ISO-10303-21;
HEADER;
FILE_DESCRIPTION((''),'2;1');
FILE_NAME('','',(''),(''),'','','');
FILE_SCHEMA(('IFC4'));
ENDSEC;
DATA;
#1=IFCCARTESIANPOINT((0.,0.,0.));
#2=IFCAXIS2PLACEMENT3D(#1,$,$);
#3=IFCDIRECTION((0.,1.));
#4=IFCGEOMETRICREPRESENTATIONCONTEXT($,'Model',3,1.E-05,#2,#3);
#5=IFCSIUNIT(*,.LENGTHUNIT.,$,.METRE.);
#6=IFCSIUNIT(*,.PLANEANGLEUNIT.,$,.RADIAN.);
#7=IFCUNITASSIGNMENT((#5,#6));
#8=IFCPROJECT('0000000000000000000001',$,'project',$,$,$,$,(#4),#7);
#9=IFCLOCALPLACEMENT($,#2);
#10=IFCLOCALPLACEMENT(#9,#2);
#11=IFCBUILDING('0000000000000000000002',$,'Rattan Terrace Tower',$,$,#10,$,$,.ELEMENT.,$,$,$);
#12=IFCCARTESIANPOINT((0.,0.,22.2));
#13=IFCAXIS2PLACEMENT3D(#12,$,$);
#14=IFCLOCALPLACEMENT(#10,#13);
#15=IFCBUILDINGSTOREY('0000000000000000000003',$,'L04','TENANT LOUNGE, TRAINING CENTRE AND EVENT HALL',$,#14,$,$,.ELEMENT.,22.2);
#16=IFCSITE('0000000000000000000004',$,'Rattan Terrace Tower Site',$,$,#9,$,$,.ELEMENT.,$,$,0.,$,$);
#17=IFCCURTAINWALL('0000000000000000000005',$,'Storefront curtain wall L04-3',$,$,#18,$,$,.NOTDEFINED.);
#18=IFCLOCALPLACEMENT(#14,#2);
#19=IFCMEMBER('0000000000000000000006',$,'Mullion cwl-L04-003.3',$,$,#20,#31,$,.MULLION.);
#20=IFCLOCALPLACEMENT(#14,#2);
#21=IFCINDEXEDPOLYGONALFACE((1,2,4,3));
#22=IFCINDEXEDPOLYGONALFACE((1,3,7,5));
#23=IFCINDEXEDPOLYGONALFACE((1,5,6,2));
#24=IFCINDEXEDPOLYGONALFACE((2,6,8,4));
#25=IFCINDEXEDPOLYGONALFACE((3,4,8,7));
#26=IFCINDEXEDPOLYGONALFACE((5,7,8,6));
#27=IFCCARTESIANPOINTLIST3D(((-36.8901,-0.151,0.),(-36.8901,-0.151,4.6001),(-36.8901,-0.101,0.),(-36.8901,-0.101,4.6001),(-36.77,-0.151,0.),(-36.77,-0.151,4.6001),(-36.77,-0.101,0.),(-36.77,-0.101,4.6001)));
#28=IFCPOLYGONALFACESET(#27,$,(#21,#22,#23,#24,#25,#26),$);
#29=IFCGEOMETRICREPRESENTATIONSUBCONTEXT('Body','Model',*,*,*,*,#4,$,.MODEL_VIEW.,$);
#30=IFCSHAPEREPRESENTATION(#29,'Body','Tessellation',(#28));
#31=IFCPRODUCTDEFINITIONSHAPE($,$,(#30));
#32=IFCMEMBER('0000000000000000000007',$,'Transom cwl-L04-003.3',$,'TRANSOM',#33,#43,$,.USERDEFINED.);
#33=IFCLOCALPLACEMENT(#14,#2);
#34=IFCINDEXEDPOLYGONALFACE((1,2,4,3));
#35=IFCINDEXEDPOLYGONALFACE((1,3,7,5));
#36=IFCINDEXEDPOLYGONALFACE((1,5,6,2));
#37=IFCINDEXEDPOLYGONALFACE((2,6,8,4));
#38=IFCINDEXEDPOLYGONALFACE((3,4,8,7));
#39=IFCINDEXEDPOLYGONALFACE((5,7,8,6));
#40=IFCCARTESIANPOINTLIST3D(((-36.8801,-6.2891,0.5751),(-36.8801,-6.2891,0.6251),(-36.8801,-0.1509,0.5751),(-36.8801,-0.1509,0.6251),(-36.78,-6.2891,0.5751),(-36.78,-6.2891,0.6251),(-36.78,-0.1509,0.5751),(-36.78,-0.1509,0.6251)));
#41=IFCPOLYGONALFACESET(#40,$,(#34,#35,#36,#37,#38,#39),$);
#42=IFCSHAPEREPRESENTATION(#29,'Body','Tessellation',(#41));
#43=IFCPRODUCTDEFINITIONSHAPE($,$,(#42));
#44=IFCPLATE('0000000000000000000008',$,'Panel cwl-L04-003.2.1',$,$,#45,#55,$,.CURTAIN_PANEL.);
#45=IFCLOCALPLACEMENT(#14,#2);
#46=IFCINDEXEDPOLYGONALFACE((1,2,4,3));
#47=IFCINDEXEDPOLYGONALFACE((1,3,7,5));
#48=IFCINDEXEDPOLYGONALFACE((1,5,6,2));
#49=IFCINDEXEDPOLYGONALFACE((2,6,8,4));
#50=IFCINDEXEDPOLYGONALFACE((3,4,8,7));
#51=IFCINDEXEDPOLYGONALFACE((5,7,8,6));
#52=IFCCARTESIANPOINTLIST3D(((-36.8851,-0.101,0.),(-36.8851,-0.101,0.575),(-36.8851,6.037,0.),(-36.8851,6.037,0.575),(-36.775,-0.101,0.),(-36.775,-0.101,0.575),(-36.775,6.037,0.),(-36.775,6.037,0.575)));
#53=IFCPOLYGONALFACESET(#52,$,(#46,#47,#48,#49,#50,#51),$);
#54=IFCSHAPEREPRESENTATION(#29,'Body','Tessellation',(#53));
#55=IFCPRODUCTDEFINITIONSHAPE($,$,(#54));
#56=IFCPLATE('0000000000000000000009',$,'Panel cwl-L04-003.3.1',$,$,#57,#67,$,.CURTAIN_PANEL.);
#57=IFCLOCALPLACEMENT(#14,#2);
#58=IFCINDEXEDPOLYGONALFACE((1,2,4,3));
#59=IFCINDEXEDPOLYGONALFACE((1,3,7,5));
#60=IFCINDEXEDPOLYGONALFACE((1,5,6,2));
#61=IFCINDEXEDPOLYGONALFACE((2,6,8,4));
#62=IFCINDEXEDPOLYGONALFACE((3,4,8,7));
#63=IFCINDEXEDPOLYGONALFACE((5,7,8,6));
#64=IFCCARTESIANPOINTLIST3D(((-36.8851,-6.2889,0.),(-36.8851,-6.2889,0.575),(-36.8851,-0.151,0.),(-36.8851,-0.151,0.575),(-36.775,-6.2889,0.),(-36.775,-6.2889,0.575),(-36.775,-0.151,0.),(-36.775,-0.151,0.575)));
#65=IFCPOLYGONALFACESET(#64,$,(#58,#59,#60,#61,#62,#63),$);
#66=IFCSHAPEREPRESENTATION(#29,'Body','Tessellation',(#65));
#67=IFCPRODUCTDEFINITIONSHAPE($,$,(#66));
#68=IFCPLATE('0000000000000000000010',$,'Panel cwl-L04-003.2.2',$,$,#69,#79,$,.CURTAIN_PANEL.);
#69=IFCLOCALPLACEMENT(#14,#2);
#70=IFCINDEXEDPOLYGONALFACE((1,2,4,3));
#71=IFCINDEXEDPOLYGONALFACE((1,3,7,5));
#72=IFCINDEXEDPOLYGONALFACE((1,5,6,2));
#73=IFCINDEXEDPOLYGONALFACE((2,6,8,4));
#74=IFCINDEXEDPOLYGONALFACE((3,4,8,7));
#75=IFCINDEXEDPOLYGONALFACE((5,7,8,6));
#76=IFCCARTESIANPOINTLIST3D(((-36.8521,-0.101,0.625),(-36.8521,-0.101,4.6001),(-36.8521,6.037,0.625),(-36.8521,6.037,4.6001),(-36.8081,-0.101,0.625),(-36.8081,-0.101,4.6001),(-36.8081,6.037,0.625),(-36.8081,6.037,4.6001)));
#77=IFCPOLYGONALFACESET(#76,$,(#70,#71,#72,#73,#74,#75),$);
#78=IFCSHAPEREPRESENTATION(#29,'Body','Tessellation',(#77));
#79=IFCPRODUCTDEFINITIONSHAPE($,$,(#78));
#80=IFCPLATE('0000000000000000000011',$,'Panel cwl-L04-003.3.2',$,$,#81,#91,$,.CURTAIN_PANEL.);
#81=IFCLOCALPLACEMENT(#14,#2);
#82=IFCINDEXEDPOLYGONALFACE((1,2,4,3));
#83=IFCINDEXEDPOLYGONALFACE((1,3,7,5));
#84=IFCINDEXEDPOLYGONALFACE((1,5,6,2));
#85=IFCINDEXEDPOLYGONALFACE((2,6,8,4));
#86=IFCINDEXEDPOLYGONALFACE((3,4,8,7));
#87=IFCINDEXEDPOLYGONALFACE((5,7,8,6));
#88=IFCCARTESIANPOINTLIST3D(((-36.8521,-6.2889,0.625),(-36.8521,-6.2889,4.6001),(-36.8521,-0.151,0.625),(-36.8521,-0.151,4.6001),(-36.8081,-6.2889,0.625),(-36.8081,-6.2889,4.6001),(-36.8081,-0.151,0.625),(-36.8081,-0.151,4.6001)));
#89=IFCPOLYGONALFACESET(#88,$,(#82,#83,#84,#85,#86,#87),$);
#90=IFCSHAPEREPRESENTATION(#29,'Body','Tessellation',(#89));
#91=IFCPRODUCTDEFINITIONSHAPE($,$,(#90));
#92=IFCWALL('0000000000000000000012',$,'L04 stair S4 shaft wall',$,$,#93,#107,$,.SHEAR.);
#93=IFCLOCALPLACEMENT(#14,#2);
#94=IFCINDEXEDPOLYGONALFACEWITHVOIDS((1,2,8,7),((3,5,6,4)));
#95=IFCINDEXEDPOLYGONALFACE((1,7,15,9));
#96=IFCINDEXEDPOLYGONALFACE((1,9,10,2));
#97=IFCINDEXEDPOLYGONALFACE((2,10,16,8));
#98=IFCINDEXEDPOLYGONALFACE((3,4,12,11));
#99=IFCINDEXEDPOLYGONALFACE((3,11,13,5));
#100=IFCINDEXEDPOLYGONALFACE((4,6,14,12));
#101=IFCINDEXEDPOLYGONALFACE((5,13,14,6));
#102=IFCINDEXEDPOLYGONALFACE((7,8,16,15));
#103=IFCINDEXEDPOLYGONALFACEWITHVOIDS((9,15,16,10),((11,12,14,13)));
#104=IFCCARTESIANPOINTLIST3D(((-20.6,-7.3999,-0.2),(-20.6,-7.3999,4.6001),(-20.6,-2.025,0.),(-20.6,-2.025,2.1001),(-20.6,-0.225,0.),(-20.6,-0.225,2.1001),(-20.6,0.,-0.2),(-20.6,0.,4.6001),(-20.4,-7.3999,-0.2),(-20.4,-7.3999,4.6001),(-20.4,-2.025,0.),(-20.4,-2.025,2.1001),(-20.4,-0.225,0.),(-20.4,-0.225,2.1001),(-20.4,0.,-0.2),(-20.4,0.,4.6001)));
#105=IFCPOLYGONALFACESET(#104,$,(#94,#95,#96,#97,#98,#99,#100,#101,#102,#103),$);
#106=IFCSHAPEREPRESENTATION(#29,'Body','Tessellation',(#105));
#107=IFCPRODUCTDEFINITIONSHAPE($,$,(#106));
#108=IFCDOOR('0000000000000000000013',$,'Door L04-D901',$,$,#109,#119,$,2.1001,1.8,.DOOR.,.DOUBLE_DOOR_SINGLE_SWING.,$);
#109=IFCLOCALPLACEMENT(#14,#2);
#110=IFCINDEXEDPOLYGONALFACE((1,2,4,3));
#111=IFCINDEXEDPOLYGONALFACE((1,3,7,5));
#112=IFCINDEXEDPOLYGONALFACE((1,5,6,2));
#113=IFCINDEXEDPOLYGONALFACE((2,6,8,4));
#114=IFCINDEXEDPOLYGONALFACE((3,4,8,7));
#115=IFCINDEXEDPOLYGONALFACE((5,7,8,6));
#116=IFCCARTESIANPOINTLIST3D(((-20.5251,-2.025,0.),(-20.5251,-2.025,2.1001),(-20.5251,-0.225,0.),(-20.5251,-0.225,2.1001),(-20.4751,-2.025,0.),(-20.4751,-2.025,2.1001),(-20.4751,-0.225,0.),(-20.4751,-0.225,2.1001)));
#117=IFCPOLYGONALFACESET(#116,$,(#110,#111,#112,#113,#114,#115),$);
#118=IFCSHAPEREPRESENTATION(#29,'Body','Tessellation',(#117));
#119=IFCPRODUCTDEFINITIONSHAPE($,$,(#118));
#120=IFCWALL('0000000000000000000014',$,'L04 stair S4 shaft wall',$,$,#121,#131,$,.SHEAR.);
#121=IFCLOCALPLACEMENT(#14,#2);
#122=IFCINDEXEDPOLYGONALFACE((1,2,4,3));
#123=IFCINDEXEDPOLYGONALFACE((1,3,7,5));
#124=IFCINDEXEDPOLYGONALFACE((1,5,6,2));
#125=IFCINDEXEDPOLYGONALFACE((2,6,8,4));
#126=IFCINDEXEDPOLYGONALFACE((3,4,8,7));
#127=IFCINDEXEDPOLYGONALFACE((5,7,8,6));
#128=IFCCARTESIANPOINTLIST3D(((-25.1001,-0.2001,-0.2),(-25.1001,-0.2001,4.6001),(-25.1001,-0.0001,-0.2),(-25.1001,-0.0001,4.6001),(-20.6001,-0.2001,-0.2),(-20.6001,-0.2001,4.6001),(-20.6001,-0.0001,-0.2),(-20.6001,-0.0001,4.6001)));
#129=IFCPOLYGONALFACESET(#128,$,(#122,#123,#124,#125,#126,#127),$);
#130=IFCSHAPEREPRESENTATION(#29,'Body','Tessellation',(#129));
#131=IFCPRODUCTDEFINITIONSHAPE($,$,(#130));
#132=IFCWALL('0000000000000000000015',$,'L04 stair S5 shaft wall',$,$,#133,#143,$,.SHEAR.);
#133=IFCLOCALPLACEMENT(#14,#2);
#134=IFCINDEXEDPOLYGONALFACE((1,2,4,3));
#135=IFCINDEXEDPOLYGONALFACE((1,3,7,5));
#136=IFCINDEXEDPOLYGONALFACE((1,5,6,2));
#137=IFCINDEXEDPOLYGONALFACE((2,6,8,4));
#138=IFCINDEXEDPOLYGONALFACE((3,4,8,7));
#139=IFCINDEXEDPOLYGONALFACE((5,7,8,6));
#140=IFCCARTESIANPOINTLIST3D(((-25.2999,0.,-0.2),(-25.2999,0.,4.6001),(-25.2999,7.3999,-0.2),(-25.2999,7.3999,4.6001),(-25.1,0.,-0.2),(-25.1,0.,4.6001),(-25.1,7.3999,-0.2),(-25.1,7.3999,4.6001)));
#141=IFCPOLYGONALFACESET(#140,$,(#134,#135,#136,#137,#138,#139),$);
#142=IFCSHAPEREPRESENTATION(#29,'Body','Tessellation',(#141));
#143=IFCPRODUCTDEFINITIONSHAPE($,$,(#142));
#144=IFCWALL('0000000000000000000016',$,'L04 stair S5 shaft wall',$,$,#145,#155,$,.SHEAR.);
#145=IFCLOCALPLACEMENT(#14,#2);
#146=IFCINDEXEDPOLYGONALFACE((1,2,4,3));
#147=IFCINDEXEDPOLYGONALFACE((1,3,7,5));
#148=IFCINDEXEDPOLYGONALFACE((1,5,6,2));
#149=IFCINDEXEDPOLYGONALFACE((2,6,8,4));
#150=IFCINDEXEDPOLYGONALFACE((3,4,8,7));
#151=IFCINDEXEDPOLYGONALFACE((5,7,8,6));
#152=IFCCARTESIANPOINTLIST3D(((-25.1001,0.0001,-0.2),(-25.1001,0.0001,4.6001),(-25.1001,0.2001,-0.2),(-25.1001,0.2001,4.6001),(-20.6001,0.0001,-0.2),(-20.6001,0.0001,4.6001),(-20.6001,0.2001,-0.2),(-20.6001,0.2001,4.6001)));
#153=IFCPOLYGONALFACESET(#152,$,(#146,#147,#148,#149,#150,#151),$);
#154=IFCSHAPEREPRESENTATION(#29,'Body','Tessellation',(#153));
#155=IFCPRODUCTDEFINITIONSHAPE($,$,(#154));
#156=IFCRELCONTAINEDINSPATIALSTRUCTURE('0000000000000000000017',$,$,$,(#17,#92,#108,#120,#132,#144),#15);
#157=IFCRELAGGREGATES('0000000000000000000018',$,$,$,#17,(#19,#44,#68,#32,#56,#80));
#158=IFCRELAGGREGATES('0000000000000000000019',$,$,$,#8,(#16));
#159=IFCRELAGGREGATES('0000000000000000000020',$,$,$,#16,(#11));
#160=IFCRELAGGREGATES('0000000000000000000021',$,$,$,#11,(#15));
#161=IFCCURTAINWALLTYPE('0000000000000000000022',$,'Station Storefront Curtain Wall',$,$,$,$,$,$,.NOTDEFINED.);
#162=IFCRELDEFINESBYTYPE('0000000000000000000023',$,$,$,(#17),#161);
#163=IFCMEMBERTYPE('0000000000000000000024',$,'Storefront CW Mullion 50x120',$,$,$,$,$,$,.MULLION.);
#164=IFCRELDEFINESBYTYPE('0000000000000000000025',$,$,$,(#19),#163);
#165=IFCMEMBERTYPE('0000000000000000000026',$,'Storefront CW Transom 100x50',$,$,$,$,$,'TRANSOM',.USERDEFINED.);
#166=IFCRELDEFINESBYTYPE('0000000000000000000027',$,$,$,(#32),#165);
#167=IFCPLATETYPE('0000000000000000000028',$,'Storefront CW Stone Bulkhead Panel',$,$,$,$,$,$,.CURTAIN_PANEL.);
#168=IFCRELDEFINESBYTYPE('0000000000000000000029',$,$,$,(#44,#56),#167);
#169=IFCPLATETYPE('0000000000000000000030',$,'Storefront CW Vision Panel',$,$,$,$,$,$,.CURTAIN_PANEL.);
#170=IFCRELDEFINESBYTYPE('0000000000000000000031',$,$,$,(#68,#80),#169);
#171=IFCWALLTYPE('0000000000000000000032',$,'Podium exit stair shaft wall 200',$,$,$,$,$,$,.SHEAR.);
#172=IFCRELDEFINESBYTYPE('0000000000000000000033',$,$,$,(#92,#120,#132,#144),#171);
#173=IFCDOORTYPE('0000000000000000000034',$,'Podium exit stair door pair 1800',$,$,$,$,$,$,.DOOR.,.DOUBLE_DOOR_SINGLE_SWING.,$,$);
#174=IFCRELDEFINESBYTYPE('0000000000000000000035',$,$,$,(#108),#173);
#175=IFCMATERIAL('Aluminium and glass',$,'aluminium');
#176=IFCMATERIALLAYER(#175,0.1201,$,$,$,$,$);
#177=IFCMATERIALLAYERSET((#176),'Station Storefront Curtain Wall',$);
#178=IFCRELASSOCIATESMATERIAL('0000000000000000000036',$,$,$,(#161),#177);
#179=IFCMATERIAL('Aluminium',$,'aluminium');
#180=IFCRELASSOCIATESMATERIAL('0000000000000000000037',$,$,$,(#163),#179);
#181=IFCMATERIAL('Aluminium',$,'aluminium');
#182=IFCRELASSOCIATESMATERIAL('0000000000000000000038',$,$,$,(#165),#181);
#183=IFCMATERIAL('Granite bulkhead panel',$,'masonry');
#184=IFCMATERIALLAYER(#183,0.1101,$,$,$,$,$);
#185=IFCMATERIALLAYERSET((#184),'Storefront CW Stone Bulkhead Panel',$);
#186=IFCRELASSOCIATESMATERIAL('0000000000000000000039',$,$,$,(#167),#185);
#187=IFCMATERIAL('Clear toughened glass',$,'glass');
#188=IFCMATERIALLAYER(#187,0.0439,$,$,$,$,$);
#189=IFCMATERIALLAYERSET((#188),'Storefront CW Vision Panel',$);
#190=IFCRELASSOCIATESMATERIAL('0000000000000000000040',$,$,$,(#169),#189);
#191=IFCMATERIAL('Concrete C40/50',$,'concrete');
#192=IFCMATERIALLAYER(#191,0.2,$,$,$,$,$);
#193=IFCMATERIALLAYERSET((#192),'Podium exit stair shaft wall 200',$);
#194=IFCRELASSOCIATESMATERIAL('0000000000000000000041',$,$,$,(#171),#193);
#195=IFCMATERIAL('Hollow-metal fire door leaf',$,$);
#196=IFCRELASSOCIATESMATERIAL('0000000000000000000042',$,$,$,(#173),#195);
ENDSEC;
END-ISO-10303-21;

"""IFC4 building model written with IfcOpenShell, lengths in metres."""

from ifc_helpers import new_model, si_unit, direction, frame, frame_2d, origin, origin_2d, place, context, subcontext, project, spatial, rectangle, extrude, material, layer, layer_set, material_profile, profile_set, type_object, element, fill, aggregate, save


model = new_model("IFC4")

# Units and contexts
model_context = context("Model", 3, precision=1e-05, world=origin(), true_north=direction((0.0, 1.0)))
body_context = subcontext(model_context, "Body", "Model", "MODEL_VIEW")
ifc_project = project(units=[si_unit("LENGTHUNIT", "METRE"), si_unit("PLANEANGLEUNIT", "RADIAN")], contexts=[model_context])

# Site, building, storey
site_placement = place(None, origin())
site = spatial("IfcSite", under=ifc_project, at=site_placement, Name="Rattan Terrace Tower Site", CompositionType="ELEMENT", RefElevation=0.0)
building_placement = place(site_placement, origin())
building = spatial("IfcBuilding", under=site, at=building_placement, Name="Rattan Terrace Tower", CompositionType="ELEMENT")
storey_placement = place(building_placement, frame((0.0, 0.0, 22.2)))
storey = spatial("IfcBuildingStorey", under=building, at=storey_placement, Name="L04", Description="TENANT LOUNGE, TRAINING CENTRE AND EVENT HALL", CompositionType="ELEMENT", Elevation=22.2)

# Curtain wall, members, plates
ifc_material_1 = material(Name="Aluminium and glass", Category="aluminium")
ifc_layer_1 = layer(ifc_material_1, 0.1201)
ifc_layer_set_1 = layer_set([ifc_layer_1], Name="Station Storefront Curtain Wall")
curtain_wall_type = type_object("IfcCurtainWallType", Name="Station Storefront Curtain Wall", PredefinedType="NOTDEFINED", material=ifc_layer_set_1)
curtain_wall_placement = place(storey_placement, origin())
curtain_wall = element("IfcCurtainWall", 1, at=curtain_wall_placement, inside=storey, type_object=curtain_wall_type, Name="Storefront curtain wall L04-3", PredefinedType="NOTDEFINED")
ifc_material_2 = material(Name="Aluminium", Category="aluminium")
ifc_material_profile_1 = material_profile(ifc_material_2, rectangle(XDim=0.05, YDim=0.1201, at=origin_2d()), Name="Aluminium 50x120")
ifc_profile_set_1 = profile_set([ifc_material_profile_1], Name="Aluminium")
member_type_1 = type_object("IfcMemberType", Name="Storefront CW Mullion 50x120", PredefinedType="MULLION", material=ifc_profile_set_1)
member_1_placement = place(storey_placement, frame((-36.8301, -0.126, 0.0), z_axis=(0.0, 0.0, 1.0), x_axis=(0.0, -1.0, 0.0)))
member_1 = element("IfcMember", 2, at=member_1_placement, type_object=member_type_1, Name="Mullion cwl-L04-003.3", PredefinedType="MULLION", context=body_context, shape_type="SweptSolid", body=[
    extrude(rectangle(XDim=0.05, YDim=0.1201, at=origin_2d()), origin(), (0.0, 0.0, 1.0), 4.6001),
])
ifc_material_3 = material(Name="Aluminium", Category="aluminium")
ifc_material_profile_2 = material_profile(ifc_material_3, rectangle(XDim=0.1001, YDim=0.05, at=origin_2d()), Name="Aluminium 100x50")
ifc_profile_set_2 = profile_set([ifc_material_profile_2], Name="Aluminium")
member_type_2 = type_object("IfcMemberType", Name="Storefront CW Transom 100x50", ElementType="TRANSOM", PredefinedType="USERDEFINED", material=ifc_profile_set_2)
member_2_placement = place(storey_placement, frame((-36.8301, -0.1509, 0.6001), z_axis=(0.0, -1.0, 0.0), x_axis=(1.0, 0.0, 0.0)))
member_2 = element("IfcMember", 3, at=member_2_placement, type_object=member_type_2, Name="Transom cwl-L04-003.3", ObjectType="TRANSOM", PredefinedType="USERDEFINED", context=body_context, shape_type="SweptSolid", body=[
    extrude(rectangle(XDim=0.1001, YDim=0.05, at=origin_2d()), origin(), (0.0, 0.0, 1.0), 6.1382),
])
ifc_material_4 = material(Name="Granite bulkhead panel", Category="masonry")
ifc_layer_2 = layer(ifc_material_4, 0.1101)
ifc_layer_set_2 = layer_set([ifc_layer_2], Name="Storefront CW Stone Bulkhead Panel")
plate_type_1 = type_object("IfcPlateType", Name="Storefront CW Stone Bulkhead Panel", PredefinedType="CURTAIN_PANEL", material=ifc_layer_set_2)
plate_1_placement = place(storey_placement, frame((-36.8301, 2.968, 0.0), z_axis=(0.0, 0.0, 1.0), x_axis=(0.0, -1.0, 0.0)))
plate_1 = element("IfcPlate", 4, at=plate_1_placement, type_object=plate_type_1, Name="Panel cwl-L04-003.2.1", PredefinedType="CURTAIN_PANEL", context=body_context, shape_type="SweptSolid", body=[
    extrude(rectangle(XDim=6.1379, YDim=0.1101, at=origin_2d()), origin(), (0.0, 0.0, 1.0), 0.575),
])
plate_2_placement = place(storey_placement, frame((-36.8301, -3.22, 0.0), z_axis=(0.0, 0.0, 1.0), x_axis=(0.0, -1.0, 0.0)))
plate_2 = element("IfcPlate", 5, at=plate_2_placement, type_object=plate_type_1, Name="Panel cwl-L04-003.3.1", PredefinedType="CURTAIN_PANEL", context=body_context, shape_type="SweptSolid", body=[
    extrude(rectangle(XDim=6.1379, YDim=0.1101, at=origin_2d()), origin(), (0.0, 0.0, 1.0), 0.575),
])
ifc_material_5 = material(Name="Clear toughened glass", Category="glass")
ifc_layer_3 = layer(ifc_material_5, 0.0439)
ifc_layer_set_3 = layer_set([ifc_layer_3], Name="Storefront CW Vision Panel")
plate_type_2 = type_object("IfcPlateType", Name="Storefront CW Vision Panel", PredefinedType="CURTAIN_PANEL", material=ifc_layer_set_3)
plate_3_placement = place(storey_placement, frame((-36.8301, 2.968, 0.625), z_axis=(0.0, 0.0, 1.0), x_axis=(0.0, -1.0, 0.0)))
plate_3 = element("IfcPlate", 6, at=plate_3_placement, type_object=plate_type_2, Name="Panel cwl-L04-003.2.2", PredefinedType="CURTAIN_PANEL", context=body_context, shape_type="SweptSolid", body=[
    extrude(rectangle(XDim=6.1379, YDim=0.0439, at=origin_2d()), origin(), (0.0, 0.0, 1.0), 3.9751),
])
plate_4_placement = place(storey_placement, frame((-36.8301, -3.22, 0.625), z_axis=(0.0, 0.0, 1.0), x_axis=(0.0, -1.0, 0.0)))
plate_4 = element("IfcPlate", 7, at=plate_4_placement, type_object=plate_type_2, Name="Panel cwl-L04-003.3.2", PredefinedType="CURTAIN_PANEL", context=body_context, shape_type="SweptSolid", body=[
    extrude(rectangle(XDim=6.1379, YDim=0.0439, at=origin_2d()), origin(), (0.0, 0.0, 1.0), 3.9751),
])
aggregate(curtain_wall, [member_1, plate_1, plate_3, member_2, plate_2, plate_4])

# Wall, opening, door
ifc_material_6 = material(Name="Concrete C40/50", Category="concrete")
ifc_layer_4 = layer(ifc_material_6, 0.2)
ifc_layer_set_4 = layer_set([ifc_layer_4], Name="Podium exit stair shaft wall 200")
wall_type = type_object("IfcWallType", Name="Podium exit stair shaft wall 200", PredefinedType="SHEAR", material=ifc_layer_set_4)
wall_1_placement = place(storey_placement, frame((-20.5, 0.0, -0.2), z_axis=(0.0, 0.0, 1.0), x_axis=(0.0, -1.0, 0.0)))
wall_1 = element("IfcWall", 8, at=wall_1_placement, inside=storey, type_object=wall_type, Name="L04 stair S4 shaft wall", PredefinedType="SHEAR", context=body_context, shape_type="SweptSolid", body=[
    extrude(rectangle(XDim=7.3999, YDim=0.2, at=frame_2d((3.7, 0.0))), origin(), (0.0, 0.0, 1.0), 4.8),
])
opening_placement = place(wall_1_placement, frame((0.2251, 0.0, 0.2)))
opening = element("IfcOpeningElement", 9, at=opening_placement, cuts=wall_1, PredefinedType="OPENING", context=body_context, shape_type="SweptSolid", body=[
    extrude(rectangle(XDim=1.8, YDim=2.1001, at=frame_2d((0.8999, 1.05))), frame((0.0, 0.1106, 0.0), z_axis=(0.0, -1.0, 0.0), x_axis=(1.0, 0.0, 0.0)), (0.0, 0.0, 1.0), 0.2209),
])
ifc_material_7 = material(Name="Hollow-metal fire door leaf")
door_type = type_object("IfcDoorType", Name="Podium exit stair door pair 1800", OperationType="DOUBLE_DOOR_SINGLE_SWING", PredefinedType="DOOR", material=ifc_material_7)
door_placement = place(opening_placement, origin())
door = element("IfcDoor", 10, at=door_placement, inside=storey, type_object=door_type, Name="Door L04-D901", OperationType="DOUBLE_DOOR_SINGLE_SWING", OverallHeight=2.1001, OverallWidth=1.8, PredefinedType="DOOR", context=body_context, shape_type="SweptSolid", body=[
    extrude(rectangle(XDim=1.8, YDim=2.1001, at=frame_2d((0.8999, 1.05))), frame((0.0, 0.0249, 0.0), z_axis=(0.0, -1.0, 0.0), x_axis=(1.0, 0.0, 0.0)), (0.0, 0.0, 1.0), 0.05),
])
fill(opening, door)

# Walls
wall_2_placement = place(storey_placement, frame((-25.1001, -0.1001, -0.2), z_axis=(0.0, 0.0, 1.0), x_axis=(1.0, 0.0, 0.0)))
element("IfcWall", 11, at=wall_2_placement, inside=storey, type_object=wall_type, Name="L04 stair S4 shaft wall", PredefinedType="SHEAR", context=body_context, shape_type="SweptSolid", body=[
    extrude(rectangle(XDim=4.5, YDim=0.2, at=frame_2d((2.25, 0.0))), origin(), (0.0, 0.0, 1.0), 4.8),
])
wall_3_placement = place(storey_placement, frame((-25.2, 0.0, -0.2), z_axis=(0.0, 0.0, 1.0), x_axis=(0.0, 1.0, 0.0)))
element("IfcWall", 12, at=wall_3_placement, inside=storey, type_object=wall_type, Name="L04 stair S5 shaft wall", PredefinedType="SHEAR", context=body_context, shape_type="SweptSolid", body=[
    extrude(rectangle(XDim=7.3999, YDim=0.2, at=frame_2d((3.7, 0.0))), origin(), (0.0, 0.0, 1.0), 4.8),
])
wall_4_placement = place(storey_placement, frame((-25.1001, 0.1001, -0.2), z_axis=(0.0, 0.0, 1.0), x_axis=(1.0, 0.0, 0.0)))
element("IfcWall", 13, at=wall_4_placement, inside=storey, type_object=wall_type, Name="L04 stair S5 shaft wall", PredefinedType="SHEAR", context=body_context, shape_type="SweptSolid", body=[
    extrude(rectangle(XDim=4.5, YDim=0.2, at=frame_2d((2.25, 0.0))), origin(), (0.0, 0.0, 1.0), 4.8),
])

save(model, "model.ifc")
